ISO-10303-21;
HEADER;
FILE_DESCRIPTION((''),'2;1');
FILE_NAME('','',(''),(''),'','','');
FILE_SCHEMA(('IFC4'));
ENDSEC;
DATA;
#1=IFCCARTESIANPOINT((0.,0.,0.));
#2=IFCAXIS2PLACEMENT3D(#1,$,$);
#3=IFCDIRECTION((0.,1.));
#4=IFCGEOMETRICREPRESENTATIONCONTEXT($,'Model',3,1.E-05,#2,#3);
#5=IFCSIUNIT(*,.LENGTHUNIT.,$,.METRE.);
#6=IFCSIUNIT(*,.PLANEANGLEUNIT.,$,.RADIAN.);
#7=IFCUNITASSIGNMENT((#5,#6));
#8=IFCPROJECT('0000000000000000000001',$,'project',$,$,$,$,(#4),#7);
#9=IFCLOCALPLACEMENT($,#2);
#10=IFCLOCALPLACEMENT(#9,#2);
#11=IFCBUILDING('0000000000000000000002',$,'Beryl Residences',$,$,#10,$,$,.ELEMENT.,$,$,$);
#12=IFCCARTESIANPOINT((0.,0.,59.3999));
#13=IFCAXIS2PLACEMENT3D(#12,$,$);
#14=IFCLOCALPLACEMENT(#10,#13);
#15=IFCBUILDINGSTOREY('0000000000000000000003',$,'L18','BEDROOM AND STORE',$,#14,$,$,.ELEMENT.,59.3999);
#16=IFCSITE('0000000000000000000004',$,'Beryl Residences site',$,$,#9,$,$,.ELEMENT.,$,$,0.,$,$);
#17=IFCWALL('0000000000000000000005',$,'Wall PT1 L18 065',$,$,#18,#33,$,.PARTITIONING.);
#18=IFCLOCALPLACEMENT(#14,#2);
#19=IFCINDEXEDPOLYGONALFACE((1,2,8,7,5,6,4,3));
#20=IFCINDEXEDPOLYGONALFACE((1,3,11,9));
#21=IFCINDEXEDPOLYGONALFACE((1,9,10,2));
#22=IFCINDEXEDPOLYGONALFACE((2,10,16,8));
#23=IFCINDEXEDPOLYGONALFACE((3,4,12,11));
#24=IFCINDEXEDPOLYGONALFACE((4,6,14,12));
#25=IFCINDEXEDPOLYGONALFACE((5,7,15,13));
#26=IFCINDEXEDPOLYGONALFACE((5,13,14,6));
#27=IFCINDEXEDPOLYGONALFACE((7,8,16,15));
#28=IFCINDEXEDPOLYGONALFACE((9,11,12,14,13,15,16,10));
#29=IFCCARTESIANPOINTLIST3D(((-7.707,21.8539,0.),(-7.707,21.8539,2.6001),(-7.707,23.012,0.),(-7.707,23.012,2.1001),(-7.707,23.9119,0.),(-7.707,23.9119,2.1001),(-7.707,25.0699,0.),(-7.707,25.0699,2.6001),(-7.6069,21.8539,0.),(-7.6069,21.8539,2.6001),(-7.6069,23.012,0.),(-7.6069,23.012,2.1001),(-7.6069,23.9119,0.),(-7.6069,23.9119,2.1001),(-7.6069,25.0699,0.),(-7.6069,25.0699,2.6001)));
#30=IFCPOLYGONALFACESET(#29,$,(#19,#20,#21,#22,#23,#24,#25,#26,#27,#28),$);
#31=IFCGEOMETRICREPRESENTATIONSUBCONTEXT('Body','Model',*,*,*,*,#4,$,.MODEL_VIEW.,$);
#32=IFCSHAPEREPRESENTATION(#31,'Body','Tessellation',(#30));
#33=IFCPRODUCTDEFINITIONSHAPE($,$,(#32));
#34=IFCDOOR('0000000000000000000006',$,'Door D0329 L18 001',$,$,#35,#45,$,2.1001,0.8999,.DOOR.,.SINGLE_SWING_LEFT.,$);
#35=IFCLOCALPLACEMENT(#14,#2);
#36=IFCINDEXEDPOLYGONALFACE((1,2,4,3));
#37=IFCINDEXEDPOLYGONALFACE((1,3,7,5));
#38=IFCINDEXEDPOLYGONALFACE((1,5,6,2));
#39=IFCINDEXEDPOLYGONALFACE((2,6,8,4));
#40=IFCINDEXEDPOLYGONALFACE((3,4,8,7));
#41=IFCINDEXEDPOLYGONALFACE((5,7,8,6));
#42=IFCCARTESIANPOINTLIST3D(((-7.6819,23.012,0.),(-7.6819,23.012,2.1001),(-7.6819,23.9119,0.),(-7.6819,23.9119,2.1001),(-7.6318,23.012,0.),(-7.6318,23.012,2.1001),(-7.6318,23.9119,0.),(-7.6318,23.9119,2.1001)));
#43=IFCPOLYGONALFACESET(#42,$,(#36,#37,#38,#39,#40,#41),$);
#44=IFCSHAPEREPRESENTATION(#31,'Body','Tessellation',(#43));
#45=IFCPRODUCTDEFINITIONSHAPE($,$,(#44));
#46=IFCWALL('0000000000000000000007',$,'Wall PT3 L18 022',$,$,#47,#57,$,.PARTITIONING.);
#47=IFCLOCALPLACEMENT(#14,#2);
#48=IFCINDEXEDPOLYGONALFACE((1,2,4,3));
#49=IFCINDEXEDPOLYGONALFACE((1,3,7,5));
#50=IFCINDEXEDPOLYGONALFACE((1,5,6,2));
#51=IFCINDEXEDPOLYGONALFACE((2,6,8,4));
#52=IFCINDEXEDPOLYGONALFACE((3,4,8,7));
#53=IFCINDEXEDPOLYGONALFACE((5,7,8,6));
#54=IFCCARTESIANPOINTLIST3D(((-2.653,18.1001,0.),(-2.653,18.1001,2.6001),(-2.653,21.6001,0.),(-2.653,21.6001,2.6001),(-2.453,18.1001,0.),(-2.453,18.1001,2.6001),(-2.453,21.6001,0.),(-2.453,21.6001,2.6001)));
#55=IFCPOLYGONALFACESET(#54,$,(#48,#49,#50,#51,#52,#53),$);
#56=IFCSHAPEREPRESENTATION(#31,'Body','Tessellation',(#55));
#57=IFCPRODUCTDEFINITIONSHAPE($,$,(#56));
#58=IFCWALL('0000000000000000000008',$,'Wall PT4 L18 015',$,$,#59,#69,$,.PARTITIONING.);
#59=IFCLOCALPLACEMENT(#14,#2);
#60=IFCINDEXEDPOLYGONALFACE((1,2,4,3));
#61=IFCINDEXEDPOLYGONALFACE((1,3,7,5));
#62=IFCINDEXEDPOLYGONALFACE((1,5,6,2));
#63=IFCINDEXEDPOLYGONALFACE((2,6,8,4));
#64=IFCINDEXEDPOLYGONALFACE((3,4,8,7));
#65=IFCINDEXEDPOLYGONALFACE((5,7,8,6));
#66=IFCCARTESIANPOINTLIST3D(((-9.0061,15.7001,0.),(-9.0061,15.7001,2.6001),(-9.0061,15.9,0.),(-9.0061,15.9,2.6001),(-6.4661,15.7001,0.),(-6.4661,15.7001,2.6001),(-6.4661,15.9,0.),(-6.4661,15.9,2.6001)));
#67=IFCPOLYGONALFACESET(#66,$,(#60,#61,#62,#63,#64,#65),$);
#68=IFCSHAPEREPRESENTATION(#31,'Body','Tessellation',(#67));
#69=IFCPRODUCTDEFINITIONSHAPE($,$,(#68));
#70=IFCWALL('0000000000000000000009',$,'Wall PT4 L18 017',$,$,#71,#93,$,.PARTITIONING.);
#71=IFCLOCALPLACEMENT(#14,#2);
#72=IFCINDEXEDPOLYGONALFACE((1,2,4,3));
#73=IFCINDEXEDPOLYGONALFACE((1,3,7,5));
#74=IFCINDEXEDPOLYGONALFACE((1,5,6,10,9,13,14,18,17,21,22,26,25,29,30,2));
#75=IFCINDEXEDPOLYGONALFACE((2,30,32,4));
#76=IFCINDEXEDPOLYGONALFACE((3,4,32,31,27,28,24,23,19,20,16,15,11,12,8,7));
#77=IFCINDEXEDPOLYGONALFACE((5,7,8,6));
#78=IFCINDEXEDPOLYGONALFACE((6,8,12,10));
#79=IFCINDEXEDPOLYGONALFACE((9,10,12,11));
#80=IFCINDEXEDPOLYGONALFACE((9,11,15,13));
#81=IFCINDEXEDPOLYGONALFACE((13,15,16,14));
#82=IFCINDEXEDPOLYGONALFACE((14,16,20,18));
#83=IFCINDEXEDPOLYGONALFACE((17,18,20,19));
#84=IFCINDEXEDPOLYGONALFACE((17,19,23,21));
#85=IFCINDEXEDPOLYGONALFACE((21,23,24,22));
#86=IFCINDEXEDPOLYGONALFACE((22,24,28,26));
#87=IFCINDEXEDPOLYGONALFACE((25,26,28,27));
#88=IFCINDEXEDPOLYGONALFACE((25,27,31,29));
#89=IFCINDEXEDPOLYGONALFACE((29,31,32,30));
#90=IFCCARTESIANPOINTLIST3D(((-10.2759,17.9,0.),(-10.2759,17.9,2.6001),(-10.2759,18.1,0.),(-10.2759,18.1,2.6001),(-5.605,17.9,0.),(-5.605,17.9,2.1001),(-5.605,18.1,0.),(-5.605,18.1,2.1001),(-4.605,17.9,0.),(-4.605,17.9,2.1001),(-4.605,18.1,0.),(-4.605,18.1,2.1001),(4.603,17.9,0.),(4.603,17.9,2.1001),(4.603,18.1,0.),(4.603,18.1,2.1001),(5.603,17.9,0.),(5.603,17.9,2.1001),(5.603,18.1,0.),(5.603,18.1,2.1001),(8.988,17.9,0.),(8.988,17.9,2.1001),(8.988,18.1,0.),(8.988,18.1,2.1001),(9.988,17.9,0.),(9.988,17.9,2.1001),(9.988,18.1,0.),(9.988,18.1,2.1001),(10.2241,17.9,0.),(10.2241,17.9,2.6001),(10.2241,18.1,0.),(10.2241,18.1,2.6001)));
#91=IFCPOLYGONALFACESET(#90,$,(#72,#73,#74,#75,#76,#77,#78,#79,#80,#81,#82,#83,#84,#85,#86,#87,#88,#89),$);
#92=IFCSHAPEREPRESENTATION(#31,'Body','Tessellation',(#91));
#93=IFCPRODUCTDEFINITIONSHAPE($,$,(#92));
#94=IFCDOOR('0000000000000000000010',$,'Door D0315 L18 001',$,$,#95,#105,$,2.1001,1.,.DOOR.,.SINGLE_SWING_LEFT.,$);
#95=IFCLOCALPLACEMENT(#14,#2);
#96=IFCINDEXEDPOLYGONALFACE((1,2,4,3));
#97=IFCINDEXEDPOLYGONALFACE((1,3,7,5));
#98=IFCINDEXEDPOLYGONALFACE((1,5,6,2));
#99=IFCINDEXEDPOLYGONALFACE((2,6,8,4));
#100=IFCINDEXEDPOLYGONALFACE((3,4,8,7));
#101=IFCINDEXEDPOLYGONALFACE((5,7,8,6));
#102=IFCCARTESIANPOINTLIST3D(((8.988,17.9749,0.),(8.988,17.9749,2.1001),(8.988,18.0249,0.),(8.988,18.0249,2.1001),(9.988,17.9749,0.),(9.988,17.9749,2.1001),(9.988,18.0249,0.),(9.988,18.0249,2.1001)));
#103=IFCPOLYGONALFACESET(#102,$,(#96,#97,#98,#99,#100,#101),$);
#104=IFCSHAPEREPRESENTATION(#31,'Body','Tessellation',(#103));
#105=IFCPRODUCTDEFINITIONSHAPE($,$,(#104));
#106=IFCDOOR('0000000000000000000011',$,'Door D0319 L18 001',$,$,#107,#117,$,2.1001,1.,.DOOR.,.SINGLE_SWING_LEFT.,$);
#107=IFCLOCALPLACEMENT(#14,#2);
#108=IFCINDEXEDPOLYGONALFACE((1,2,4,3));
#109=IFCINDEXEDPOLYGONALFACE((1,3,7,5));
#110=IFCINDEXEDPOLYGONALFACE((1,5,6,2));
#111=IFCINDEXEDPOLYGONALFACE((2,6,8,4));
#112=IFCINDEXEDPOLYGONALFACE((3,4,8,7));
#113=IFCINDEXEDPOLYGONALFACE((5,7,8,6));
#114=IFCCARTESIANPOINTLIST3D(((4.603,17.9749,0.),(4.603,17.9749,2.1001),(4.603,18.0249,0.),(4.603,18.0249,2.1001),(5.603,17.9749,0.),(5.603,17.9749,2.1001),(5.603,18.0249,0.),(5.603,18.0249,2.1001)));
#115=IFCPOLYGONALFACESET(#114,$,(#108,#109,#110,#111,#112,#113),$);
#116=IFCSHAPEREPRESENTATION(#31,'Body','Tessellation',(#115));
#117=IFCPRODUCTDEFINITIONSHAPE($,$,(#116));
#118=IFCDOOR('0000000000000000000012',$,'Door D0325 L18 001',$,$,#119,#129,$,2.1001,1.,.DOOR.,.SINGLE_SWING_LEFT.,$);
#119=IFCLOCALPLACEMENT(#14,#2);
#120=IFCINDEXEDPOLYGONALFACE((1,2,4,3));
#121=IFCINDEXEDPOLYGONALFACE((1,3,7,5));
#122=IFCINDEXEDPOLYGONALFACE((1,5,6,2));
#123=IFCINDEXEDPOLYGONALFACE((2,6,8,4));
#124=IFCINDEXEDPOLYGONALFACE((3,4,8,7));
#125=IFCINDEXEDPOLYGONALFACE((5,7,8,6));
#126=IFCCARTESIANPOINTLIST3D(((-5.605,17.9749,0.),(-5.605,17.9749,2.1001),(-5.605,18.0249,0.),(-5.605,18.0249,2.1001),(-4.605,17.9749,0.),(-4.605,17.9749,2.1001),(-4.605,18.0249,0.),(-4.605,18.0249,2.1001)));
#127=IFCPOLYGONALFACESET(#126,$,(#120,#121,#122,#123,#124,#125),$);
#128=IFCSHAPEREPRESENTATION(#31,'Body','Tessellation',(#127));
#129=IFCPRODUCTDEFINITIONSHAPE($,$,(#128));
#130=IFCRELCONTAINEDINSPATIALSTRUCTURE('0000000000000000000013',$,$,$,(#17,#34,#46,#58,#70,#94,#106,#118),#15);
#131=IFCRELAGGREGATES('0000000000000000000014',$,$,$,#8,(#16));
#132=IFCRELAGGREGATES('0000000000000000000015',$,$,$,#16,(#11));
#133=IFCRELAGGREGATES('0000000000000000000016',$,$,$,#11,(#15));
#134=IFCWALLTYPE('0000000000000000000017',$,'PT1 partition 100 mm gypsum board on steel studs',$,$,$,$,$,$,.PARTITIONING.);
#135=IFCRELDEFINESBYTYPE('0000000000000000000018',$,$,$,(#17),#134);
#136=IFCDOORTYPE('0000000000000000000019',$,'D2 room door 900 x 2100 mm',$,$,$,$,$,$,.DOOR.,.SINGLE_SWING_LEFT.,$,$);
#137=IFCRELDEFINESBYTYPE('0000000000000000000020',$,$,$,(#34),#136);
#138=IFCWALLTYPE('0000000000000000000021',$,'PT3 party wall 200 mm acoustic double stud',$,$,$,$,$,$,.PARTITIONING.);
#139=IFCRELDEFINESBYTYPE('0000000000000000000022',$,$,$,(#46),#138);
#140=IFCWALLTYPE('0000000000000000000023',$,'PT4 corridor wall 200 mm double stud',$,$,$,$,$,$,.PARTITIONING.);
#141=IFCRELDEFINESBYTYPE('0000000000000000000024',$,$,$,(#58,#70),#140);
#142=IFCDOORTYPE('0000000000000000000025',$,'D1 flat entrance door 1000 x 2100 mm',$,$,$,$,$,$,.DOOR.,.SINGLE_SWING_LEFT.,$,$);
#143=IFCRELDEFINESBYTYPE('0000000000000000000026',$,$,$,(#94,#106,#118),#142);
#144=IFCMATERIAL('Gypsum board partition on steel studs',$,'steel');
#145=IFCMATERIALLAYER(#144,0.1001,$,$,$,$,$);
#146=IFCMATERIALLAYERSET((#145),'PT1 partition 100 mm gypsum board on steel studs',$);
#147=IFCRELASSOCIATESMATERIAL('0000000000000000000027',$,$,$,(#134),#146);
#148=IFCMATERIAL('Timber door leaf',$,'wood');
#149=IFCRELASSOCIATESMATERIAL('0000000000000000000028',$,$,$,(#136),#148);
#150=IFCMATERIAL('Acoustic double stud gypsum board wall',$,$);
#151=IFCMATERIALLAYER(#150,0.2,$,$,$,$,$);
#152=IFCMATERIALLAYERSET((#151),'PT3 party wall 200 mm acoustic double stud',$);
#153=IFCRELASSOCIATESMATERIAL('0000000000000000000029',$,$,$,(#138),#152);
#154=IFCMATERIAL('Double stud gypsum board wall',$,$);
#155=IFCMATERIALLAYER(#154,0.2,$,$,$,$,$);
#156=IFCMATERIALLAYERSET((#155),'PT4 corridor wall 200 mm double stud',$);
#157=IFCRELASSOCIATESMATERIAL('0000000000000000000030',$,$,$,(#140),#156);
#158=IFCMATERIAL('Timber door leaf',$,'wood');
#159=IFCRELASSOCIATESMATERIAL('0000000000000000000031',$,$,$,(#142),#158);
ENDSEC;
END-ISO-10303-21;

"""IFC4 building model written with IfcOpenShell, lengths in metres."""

from ifc_helpers import new_model, si_unit, direction, frame, frame_2d, origin, place, context, subcontext, project, spatial, rectangle, extrude, material, layer, layer_set, type_object, element, fill, save


model = new_model("IFC4")

# Units and contexts
model_context = context("Model", 3, precision=1e-05, world=origin(), true_north=direction((0.0, 1.0)))
body_context = subcontext(model_context, "Body", "Model", "MODEL_VIEW")
ifc_project = project(units=[si_unit("LENGTHUNIT", "METRE"), si_unit("PLANEANGLEUNIT", "RADIAN")], contexts=[model_context])

# Site, building, storey
site_placement = place(None, origin())
site = spatial("IfcSite", under=ifc_project, at=site_placement, Name="Beryl Residences site", CompositionType="ELEMENT", RefElevation=0.0)
building_placement = place(site_placement, origin())
building = spatial("IfcBuilding", under=site, at=building_placement, Name="Beryl Residences", CompositionType="ELEMENT")
storey_placement = place(building_placement, frame((0.0, 0.0, 59.3999)))
storey = spatial("IfcBuildingStorey", under=building, at=storey_placement, Name="L18", Description="BEDROOM AND STORE", CompositionType="ELEMENT", Elevation=59.3999)

# Shared definitions
ifc_material_1 = material(Name="Gypsum board partition on steel studs", Category="steel")
ifc_layer_1 = layer(ifc_material_1, 0.1001)
ifc_layer_set_1 = layer_set([ifc_layer_1], Name="PT1 partition 100 mm gypsum board on steel studs")
wall_type_1 = type_object("IfcWallType", Name="PT1 partition 100 mm gypsum board on steel studs", PredefinedType="PARTITIONING", material=ifc_layer_set_1)
ifc_material_2 = material(Name="Timber door leaf", Category="wood")
door_type_1 = type_object("IfcDoorType", Name="D2 room door 900 x 2100 mm", OperationType="SINGLE_SWING_LEFT", PredefinedType="DOOR", material=ifc_material_2)

# Wall, opening, door
wall_1_placement = place(storey_placement, frame((-7.657, 21.854, 0.0), z_axis=(0.0, 0.0, 1.0), x_axis=(0.0, 1.0, 0.0)))
wall_1 = element("IfcWall", 1, at=wall_1_placement, inside=storey, type_object=wall_type_1, Name="Wall PT1 L18 065", PredefinedType="PARTITIONING", context=body_context, shape_type="SweptSolid", body=[
    extrude(rectangle(XDim=3.2161, YDim=0.1001, at=frame_2d((1.6079, 0.0))), origin(), (0.0, 0.0, 1.0), 2.6001),
])
opening_1_placement = place(wall_1_placement, frame((1.158, 0.0, 0.0)))
opening_1 = element("IfcOpeningElement", 2, at=opening_1_placement, cuts=wall_1, PredefinedType="OPENING", context=body_context, shape_type="SweptSolid", body=[
    extrude(rectangle(XDim=0.8999, YDim=2.1001, at=frame_2d((0.45, 1.05))), frame((0.0, 0.0601, 0.0), z_axis=(0.0, -1.0, 0.0), x_axis=(1.0, 0.0, 0.0)), (0.0, 0.0, 1.0), 0.1201),
])
door_1_placement = place(opening_1_placement, origin())
door_1 = element("IfcDoor", 3, at=door_1_placement, inside=storey, type_object=door_type_1, Name="Door D0329 L18 001", OperationType="SINGLE_SWING_LEFT", OverallHeight=2.1001, OverallWidth=0.8999, PredefinedType="DOOR", context=body_context, shape_type="SweptSolid", body=[
    extrude(rectangle(XDim=0.8999, YDim=2.1001, at=frame_2d((0.45, 1.05))), frame((0.0, 0.0249, 0.0), z_axis=(0.0, -1.0, 0.0), x_axis=(1.0, 0.0, 0.0)), (0.0, 0.0, 1.0), 0.05),
])
fill(opening_1, door_1)

# Walls
ifc_material_3 = material(Name="Acoustic double stud gypsum board wall")
ifc_layer_2 = layer(ifc_material_3, 0.2)
ifc_layer_set_2 = layer_set([ifc_layer_2], Name="PT3 party wall 200 mm acoustic double stud")
wall_type_2 = type_object("IfcWallType", Name="PT3 party wall 200 mm acoustic double stud", PredefinedType="PARTITIONING", material=ifc_layer_set_2)
wall_2_placement = place(storey_placement, frame((-2.553, 18.1001, 0.0), z_axis=(0.0, 0.0, 1.0), x_axis=(0.0, 1.0, 0.0)))
element("IfcWall", 4, at=wall_2_placement, inside=storey, type_object=wall_type_2, Name="Wall PT3 L18 022", PredefinedType="PARTITIONING", context=body_context, shape_type="SweptSolid", body=[
    extrude(rectangle(XDim=3.5, YDim=0.2, at=frame_2d((1.75, 0.0))), origin(), (0.0, 0.0, 1.0), 2.6001),
])
ifc_material_4 = material(Name="Double stud gypsum board wall")
ifc_layer_3 = layer(ifc_material_4, 0.2)
ifc_layer_set_3 = layer_set([ifc_layer_3], Name="PT4 corridor wall 200 mm double stud")
wall_type_3 = type_object("IfcWallType", Name="PT4 corridor wall 200 mm double stud", PredefinedType="PARTITIONING", material=ifc_layer_set_3)
wall_3_placement = place(storey_placement, frame((-9.0061, 15.8, 0.0), z_axis=(0.0, 0.0, 1.0), x_axis=(1.0, 0.0, 0.0)))
element("IfcWall", 5, at=wall_3_placement, inside=storey, type_object=wall_type_3, Name="Wall PT4 L18 015", PredefinedType="PARTITIONING", context=body_context, shape_type="SweptSolid", body=[
    extrude(rectangle(XDim=2.54, YDim=0.2, at=frame_2d((1.27, 0.0))), origin(), (0.0, 0.0, 1.0), 2.6001),
])

# Wall, openings, doors
wall_4_placement = place(storey_placement, frame((-10.2759, 18.0, 0.0), z_axis=(0.0, 0.0, 1.0), x_axis=(1.0, 0.0, 0.0)))
wall_4 = element("IfcWall", 6, at=wall_4_placement, inside=storey, type_object=wall_type_3, Name="Wall PT4 L18 017", PredefinedType="PARTITIONING", context=body_context, shape_type="SweptSolid", body=[
    extrude(rectangle(XDim=20.5, YDim=0.2, at=frame_2d((10.25, 0.0))), origin(), (0.0, 0.0, 1.0), 2.6001),
])
opening_2_placement = place(wall_4_placement, frame((19.2639, 0.0, 0.0)))
opening_2 = element("IfcOpeningElement", 7, at=opening_2_placement, cuts=wall_4, PredefinedType="OPENING", context=body_context, shape_type="SweptSolid", body=[
    extrude(rectangle(XDim=1.0, YDim=2.1001, at=frame_2d((0.5, 1.05))), frame((0.0, 0.1099, 0.0), z_axis=(0.0, -1.0, 0.0), x_axis=(1.0, 0.0, 0.0)), (0.0, 0.0, 1.0), 0.22),
])
opening_3_placement = place(wall_4_placement, frame((14.8789, 0.0, 0.0)))
opening_3 = element("IfcOpeningElement", 8, at=opening_3_placement, cuts=wall_4, PredefinedType="OPENING", context=body_context, shape_type="SweptSolid", body=[
    extrude(rectangle(XDim=1.0, YDim=2.1001, at=frame_2d((0.5, 1.05))), frame((0.0, 0.1099, 0.0), z_axis=(0.0, -1.0, 0.0), x_axis=(1.0, 0.0, 0.0)), (0.0, 0.0, 1.0), 0.22),
])
opening_4_placement = place(wall_4_placement, frame((4.6709, 0.0, 0.0)))
opening_4 = element("IfcOpeningElement", 9, at=opening_4_placement, cuts=wall_4, PredefinedType="OPENING", context=body_context, shape_type="SweptSolid", body=[
    extrude(rectangle(XDim=1.0, YDim=2.1001, at=frame_2d((0.5, 1.05))), frame((0.0, 0.1099, 0.0), z_axis=(0.0, -1.0, 0.0), x_axis=(1.0, 0.0, 0.0)), (0.0, 0.0, 1.0), 0.22),
])
ifc_material_5 = material(Name="Timber door leaf", Category="wood")
door_type_2 = type_object("IfcDoorType", Name="D1 flat entrance door 1000 x 2100 mm", OperationType="SINGLE_SWING_LEFT", PredefinedType="DOOR", material=ifc_material_5)
door_2_placement = place(opening_2_placement, origin())
door_2 = element("IfcDoor", 10, at=door_2_placement, inside=storey, type_object=door_type_2, Name="Door D0315 L18 001", OperationType="SINGLE_SWING_LEFT", OverallHeight=2.1001, OverallWidth=1.0, PredefinedType="DOOR", context=body_context, shape_type="SweptSolid", body=[
    extrude(rectangle(XDim=1.0, YDim=2.1001, at=frame_2d((0.5, 1.05))), frame((0.0, 0.0249, 0.0), z_axis=(0.0, -1.0, 0.0), x_axis=(1.0, 0.0, 0.0)), (0.0, 0.0, 1.0), 0.05),
])
fill(opening_2, door_2)
door_3_placement = place(opening_3_placement, origin())
door_3 = element("IfcDoor", 11, at=door_3_placement, inside=storey, type_object=door_type_2, Name="Door D0319 L18 001", OperationType="SINGLE_SWING_LEFT", OverallHeight=2.1001, OverallWidth=1.0, PredefinedType="DOOR", context=body_context, shape_type="SweptSolid", body=[
    extrude(rectangle(XDim=1.0, YDim=2.1001, at=frame_2d((0.5, 1.05))), frame((0.0, 0.0249, 0.0), z_axis=(0.0, -1.0, 0.0), x_axis=(1.0, 0.0, 0.0)), (0.0, 0.0, 1.0), 0.05),
])
fill(opening_3, door_3)
door_4_placement = place(opening_4_placement, origin())
door_4 = element("IfcDoor", 12, at=door_4_placement, inside=storey, type_object=door_type_2, Name="Door D0325 L18 001", OperationType="SINGLE_SWING_LEFT", OverallHeight=2.1001, OverallWidth=1.0, PredefinedType="DOOR", context=body_context, shape_type="SweptSolid", body=[
    extrude(rectangle(XDim=1.0, YDim=2.1001, at=frame_2d((0.5, 1.05))), frame((0.0, 0.0249, 0.0), z_axis=(0.0, -1.0, 0.0), x_axis=(1.0, 0.0, 0.0)), (0.0, 0.0, 1.0), 0.05),
])
fill(opening_4, door_4)

save(model, "model.ifc")
